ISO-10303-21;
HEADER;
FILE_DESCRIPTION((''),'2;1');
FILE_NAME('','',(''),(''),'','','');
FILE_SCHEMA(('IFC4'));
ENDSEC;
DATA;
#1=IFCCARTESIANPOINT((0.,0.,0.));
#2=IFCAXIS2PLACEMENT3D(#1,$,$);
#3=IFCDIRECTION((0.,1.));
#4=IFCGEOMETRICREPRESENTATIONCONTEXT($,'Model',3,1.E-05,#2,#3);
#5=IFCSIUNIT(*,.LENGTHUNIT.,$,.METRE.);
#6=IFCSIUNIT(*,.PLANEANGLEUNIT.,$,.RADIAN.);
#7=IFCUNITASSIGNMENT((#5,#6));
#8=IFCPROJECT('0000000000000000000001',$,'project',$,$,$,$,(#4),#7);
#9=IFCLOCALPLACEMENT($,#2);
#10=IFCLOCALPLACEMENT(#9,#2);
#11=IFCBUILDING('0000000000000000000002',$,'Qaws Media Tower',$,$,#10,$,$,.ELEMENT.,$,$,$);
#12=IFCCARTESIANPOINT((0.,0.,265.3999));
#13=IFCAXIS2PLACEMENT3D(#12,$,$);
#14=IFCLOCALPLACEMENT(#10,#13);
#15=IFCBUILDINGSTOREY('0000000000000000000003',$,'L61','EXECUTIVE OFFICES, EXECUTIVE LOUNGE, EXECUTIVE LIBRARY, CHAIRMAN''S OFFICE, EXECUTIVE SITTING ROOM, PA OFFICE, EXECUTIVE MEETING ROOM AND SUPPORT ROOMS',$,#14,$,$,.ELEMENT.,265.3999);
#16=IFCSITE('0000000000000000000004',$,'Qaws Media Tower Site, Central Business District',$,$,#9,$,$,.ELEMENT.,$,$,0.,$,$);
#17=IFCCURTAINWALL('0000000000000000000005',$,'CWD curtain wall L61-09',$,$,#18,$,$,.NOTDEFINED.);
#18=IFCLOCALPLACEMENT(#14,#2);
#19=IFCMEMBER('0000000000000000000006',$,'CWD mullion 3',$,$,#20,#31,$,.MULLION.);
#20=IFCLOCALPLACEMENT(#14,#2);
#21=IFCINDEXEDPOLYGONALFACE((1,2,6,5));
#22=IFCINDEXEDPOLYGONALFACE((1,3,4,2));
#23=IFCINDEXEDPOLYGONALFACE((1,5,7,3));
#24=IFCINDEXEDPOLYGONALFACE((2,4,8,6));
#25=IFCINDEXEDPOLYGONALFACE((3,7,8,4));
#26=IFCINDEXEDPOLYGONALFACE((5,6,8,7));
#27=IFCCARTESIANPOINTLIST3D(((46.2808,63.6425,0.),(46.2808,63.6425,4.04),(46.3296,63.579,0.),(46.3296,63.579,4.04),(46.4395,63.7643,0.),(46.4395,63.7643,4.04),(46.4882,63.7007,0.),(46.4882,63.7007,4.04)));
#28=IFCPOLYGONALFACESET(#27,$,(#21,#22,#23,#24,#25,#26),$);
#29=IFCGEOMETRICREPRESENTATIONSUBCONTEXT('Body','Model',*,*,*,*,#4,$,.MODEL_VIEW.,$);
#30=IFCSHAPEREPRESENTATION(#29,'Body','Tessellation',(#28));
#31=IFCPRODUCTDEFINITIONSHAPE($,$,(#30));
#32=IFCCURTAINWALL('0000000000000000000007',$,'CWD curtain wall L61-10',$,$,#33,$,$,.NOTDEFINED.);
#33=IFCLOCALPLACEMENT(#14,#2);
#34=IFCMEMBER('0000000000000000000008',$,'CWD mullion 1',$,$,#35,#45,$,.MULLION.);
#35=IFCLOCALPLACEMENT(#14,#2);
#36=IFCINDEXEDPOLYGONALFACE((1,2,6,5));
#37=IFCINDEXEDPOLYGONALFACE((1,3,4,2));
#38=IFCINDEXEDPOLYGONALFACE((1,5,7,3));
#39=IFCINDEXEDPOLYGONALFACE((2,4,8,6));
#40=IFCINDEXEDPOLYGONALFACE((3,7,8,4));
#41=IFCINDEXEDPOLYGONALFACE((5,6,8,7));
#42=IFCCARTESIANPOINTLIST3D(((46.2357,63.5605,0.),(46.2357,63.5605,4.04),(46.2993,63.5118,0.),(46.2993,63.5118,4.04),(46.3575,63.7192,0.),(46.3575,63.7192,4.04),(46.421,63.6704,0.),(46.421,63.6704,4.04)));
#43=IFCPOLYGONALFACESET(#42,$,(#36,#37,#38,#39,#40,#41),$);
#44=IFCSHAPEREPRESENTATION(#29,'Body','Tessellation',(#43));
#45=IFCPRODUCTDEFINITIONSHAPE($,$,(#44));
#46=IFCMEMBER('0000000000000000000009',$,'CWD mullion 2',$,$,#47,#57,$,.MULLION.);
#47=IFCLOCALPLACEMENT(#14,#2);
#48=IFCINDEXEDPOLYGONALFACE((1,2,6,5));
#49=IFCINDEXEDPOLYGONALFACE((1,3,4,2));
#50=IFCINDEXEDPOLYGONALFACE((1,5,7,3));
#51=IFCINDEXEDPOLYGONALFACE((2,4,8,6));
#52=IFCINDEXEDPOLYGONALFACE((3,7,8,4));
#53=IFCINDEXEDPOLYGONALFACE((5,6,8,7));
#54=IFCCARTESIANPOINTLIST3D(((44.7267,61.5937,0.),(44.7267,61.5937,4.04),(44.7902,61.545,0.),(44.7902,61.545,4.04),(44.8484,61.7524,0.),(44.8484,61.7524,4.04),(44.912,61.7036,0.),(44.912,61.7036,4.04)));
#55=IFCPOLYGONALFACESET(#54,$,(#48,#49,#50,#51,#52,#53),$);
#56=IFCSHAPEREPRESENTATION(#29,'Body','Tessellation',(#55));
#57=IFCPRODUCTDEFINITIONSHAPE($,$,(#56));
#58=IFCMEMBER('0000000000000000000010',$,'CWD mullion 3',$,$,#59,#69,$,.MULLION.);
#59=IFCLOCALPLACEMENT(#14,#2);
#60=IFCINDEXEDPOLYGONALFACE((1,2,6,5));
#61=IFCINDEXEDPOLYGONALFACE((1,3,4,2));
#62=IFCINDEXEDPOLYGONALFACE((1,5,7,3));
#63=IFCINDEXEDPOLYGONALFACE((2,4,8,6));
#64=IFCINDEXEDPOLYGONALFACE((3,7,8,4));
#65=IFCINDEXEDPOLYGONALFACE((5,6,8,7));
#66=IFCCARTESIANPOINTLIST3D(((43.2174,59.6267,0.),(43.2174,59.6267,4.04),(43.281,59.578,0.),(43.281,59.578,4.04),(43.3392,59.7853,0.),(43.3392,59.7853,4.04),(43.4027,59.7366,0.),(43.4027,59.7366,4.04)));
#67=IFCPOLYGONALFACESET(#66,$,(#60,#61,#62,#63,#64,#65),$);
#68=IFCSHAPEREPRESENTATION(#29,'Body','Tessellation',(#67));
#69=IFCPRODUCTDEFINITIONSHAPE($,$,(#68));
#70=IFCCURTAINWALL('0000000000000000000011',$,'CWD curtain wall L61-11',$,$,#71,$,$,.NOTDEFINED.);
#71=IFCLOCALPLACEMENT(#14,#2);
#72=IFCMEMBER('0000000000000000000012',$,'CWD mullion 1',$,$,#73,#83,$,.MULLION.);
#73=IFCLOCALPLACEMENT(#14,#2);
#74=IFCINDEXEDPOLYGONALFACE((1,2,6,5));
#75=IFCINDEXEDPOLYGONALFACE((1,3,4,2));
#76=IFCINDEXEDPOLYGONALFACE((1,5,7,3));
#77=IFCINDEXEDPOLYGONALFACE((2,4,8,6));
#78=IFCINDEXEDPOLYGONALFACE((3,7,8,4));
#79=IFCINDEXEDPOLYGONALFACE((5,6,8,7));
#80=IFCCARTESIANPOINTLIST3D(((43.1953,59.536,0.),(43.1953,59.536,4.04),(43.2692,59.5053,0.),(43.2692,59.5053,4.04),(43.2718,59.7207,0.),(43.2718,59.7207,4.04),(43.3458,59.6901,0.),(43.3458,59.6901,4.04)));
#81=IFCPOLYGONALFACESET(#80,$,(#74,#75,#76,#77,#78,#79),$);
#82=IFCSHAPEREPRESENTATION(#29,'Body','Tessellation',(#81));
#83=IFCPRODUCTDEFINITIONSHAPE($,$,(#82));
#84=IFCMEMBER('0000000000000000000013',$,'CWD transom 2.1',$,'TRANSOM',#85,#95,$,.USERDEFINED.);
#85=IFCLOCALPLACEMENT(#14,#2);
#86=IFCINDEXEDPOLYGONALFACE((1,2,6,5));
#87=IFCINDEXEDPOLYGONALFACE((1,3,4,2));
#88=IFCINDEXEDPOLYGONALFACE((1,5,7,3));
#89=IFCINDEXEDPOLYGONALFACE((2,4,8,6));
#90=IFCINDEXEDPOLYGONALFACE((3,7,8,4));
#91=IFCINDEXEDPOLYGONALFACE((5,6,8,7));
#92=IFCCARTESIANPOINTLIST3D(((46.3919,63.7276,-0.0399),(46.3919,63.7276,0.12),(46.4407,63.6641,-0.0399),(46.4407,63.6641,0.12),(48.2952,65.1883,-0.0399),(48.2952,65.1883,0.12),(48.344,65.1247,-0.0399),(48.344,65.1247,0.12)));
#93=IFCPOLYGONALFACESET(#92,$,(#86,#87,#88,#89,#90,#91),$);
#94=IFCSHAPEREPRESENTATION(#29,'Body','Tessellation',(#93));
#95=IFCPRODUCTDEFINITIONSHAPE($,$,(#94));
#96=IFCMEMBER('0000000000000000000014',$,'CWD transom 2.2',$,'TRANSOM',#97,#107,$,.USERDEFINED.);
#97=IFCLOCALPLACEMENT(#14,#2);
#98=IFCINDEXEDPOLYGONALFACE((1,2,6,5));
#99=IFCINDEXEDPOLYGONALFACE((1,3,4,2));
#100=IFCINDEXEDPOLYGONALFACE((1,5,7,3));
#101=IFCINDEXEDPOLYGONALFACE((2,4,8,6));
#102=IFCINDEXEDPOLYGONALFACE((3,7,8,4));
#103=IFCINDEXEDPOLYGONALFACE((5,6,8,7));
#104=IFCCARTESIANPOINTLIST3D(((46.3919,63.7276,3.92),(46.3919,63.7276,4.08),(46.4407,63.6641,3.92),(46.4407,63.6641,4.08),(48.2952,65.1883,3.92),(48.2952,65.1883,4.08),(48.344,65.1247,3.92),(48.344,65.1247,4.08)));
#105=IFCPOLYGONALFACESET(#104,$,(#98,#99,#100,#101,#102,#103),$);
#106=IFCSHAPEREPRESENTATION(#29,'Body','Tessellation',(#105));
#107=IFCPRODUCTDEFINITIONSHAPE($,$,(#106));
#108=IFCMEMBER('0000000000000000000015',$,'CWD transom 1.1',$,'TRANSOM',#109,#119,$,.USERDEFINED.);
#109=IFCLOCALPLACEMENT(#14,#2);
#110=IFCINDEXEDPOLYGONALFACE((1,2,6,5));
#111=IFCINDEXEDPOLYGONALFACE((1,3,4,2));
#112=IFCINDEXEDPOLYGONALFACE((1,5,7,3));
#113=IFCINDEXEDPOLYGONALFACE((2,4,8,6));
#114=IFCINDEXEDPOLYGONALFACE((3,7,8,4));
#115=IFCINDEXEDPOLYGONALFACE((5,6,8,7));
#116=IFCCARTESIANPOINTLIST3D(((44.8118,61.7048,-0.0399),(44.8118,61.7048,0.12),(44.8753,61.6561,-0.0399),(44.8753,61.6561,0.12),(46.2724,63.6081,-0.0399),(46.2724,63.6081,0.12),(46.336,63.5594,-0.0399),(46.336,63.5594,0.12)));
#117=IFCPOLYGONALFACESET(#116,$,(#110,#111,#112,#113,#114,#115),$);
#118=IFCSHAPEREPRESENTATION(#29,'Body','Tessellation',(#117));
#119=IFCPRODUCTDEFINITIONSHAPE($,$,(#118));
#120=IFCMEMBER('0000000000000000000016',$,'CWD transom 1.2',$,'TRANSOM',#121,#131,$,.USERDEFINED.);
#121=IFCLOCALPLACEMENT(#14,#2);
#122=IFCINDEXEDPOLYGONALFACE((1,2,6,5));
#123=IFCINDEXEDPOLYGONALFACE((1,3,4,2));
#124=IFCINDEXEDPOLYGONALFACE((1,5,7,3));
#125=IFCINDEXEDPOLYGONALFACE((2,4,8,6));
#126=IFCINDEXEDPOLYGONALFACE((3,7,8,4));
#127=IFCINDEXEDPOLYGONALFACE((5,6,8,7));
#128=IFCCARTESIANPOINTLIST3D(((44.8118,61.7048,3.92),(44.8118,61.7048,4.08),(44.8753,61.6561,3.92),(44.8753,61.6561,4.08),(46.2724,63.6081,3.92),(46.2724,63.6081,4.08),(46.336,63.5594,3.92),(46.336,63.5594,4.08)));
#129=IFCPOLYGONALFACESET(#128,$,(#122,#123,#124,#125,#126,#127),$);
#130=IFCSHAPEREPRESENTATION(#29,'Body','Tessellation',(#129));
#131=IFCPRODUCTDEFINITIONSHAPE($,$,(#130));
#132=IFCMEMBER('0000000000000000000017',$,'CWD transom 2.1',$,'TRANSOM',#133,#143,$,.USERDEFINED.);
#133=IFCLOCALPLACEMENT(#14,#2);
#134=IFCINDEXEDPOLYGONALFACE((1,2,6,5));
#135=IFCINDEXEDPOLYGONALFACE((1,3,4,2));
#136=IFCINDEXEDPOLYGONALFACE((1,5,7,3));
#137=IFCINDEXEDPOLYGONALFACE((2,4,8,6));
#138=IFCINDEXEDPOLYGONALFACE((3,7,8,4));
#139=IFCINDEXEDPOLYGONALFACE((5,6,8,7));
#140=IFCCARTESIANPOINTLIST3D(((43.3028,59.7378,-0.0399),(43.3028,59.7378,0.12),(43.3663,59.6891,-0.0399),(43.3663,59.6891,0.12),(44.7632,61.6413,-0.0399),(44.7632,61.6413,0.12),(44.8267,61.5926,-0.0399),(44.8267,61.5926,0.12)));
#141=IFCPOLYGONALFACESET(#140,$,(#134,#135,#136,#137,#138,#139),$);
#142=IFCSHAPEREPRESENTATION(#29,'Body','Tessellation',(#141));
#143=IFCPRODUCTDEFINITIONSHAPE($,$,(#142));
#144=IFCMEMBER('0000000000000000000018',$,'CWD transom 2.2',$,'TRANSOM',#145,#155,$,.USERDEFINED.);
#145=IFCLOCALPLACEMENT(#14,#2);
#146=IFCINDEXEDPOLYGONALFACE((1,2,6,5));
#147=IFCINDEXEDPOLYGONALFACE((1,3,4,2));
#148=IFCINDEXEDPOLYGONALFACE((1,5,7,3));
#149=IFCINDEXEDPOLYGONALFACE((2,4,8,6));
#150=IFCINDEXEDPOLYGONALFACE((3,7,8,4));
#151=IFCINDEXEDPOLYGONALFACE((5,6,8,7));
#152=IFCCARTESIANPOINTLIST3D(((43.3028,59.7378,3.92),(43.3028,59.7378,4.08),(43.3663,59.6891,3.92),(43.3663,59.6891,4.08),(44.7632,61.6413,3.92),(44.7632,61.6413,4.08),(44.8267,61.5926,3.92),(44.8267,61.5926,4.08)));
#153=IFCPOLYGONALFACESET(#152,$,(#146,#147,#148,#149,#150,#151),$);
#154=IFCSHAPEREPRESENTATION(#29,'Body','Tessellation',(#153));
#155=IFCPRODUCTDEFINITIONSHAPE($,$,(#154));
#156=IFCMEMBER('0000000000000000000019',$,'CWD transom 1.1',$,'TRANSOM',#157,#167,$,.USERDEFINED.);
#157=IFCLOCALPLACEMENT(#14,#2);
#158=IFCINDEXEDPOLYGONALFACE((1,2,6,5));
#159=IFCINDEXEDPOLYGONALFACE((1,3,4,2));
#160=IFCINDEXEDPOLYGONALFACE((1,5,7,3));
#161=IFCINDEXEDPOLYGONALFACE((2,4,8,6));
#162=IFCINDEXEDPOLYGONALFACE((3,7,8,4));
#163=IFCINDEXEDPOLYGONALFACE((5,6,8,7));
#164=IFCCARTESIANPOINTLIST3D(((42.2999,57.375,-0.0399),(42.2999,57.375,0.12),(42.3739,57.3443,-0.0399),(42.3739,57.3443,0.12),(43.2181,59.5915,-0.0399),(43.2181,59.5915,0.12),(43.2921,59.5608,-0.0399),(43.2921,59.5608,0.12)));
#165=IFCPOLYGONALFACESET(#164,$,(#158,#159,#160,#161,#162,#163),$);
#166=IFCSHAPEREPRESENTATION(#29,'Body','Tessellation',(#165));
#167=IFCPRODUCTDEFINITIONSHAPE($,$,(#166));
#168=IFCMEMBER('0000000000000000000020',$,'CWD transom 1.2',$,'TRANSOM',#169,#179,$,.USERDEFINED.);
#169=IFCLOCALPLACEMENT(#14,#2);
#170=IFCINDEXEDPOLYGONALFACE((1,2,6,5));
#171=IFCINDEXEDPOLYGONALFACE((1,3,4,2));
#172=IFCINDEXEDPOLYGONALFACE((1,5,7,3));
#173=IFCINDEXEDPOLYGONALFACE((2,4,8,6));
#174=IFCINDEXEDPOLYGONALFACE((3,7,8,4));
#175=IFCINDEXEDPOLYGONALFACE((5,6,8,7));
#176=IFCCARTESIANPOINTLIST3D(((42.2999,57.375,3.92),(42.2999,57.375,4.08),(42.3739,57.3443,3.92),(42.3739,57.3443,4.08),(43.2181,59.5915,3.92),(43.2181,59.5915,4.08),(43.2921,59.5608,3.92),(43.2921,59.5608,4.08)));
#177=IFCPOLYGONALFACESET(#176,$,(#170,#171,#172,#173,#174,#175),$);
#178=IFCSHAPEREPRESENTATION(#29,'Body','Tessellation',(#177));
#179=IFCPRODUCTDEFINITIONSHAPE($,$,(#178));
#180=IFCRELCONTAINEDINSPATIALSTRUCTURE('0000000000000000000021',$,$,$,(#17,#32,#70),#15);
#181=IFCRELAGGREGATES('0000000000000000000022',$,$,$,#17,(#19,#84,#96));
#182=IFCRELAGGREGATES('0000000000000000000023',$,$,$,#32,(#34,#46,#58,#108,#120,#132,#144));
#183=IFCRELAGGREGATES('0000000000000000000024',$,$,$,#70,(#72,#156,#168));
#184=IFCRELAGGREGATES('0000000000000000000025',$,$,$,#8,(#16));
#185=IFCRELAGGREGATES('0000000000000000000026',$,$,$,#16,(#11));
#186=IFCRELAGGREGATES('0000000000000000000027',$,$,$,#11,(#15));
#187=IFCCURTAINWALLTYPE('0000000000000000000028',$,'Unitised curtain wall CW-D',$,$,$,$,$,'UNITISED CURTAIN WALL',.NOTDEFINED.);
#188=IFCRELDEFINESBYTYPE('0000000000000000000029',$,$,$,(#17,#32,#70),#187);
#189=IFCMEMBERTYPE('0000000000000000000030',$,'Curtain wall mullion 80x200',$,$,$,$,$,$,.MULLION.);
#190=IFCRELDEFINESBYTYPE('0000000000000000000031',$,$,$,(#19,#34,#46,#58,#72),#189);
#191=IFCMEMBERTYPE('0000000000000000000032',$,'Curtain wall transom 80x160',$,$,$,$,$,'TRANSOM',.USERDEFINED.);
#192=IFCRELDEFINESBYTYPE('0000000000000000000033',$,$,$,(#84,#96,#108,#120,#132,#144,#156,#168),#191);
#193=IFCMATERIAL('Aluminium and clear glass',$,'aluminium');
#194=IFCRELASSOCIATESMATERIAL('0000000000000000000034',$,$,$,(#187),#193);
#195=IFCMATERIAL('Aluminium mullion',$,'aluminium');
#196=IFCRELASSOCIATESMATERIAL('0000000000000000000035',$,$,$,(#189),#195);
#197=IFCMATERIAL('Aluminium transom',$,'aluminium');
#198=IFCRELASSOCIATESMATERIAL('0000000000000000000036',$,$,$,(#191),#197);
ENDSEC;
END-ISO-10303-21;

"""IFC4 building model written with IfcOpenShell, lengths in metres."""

from ifc_helpers import new_model, si_unit, direction, frame, origin, origin_2d, place, context, subcontext, project, spatial, rectangle, extrude, material, material_profile, profile_set, type_object, element, aggregate, save


model = new_model("IFC4")

# Units and contexts
model_context = context("Model", 3, precision=1e-05, world=origin(), true_north=direction((0.0, 1.0)))
body_context = subcontext(model_context, "Body", "Model", "MODEL_VIEW")
ifc_project = project(units=[si_unit("LENGTHUNIT", "METRE"), si_unit("PLANEANGLEUNIT", "RADIAN")], contexts=[model_context])

# Site, building, storey
site_placement = place(None, origin())
site = spatial("IfcSite", under=ifc_project, at=site_placement, Name="Qaws Media Tower Site, Central Business District", CompositionType="ELEMENT", RefElevation=0.0)
building_placement = place(site_placement, origin())
building = spatial("IfcBuilding", under=site, at=building_placement, Name="Qaws Media Tower", CompositionType="ELEMENT")
storey_placement = place(building_placement, frame((0.0, 0.0, 265.3999)))
storey = spatial("IfcBuildingStorey", under=building, at=storey_placement, Name="L61", Description="EXECUTIVE OFFICES, EXECUTIVE LOUNGE, EXECUTIVE LIBRARY, CHAIRMAN'S OFFICE, EXECUTIVE SITTING ROOM, PA OFFICE, EXECUTIVE MEETING ROOM AND SUPPORT ROOMS", CompositionType="ELEMENT", Elevation=265.3999)

# Curtain wall, member
ifc_material_1 = material(Name="Aluminium and clear glass", Category="aluminium")
curtain_wall_type = type_object("IfcCurtainWallType", Name="Unitised curtain wall CW-D", ElementType="UNITISED CURTAIN WALL", PredefinedType="NOTDEFINED", material=ifc_material_1)
curtain_wall_1_placement = place(storey_placement, origin())
curtain_wall_1 = element("IfcCurtainWall", 1, at=curtain_wall_1_placement, inside=storey, type_object=curtain_wall_type, Name="CWD curtain wall L61-09", PredefinedType="NOTDEFINED")
ifc_material_2 = material(Name="Aluminium mullion", Category="aluminium")
ifc_material_profile_1 = material_profile(ifc_material_2, rectangle(XDim=0.0801, YDim=0.2, at=origin_2d()), Name="80x200")
ifc_profile_set_1 = profile_set([ifc_material_profile_1], Name="Aluminium mullion")
member_type_1 = type_object("IfcMemberType", Name="Curtain wall mullion 80x200", PredefinedType="MULLION", material=ifc_profile_set_1)
member_1_placement = place(storey_placement, frame((46.3845, 63.6716, 0.0), z_axis=(0.0, 0.0, 1.0), x_axis=(0.608761, -0.793353, 0.0)))
member_1 = element("IfcMember", 2, at=member_1_placement, type_object=member_type_1, Name="CWD mullion 3", PredefinedType="MULLION", context=body_context, shape_type="SweptSolid", body=[
    extrude(rectangle(XDim=0.0801, YDim=0.2, at=origin_2d()), origin(), (0.0, 0.0, 1.0), 4.04),
])

# Curtain wall, members
curtain_wall_2_placement = place(storey_placement, origin())
curtain_wall_2 = element("IfcCurtainWall", 3, at=curtain_wall_2_placement, inside=storey, type_object=curtain_wall_type, Name="CWD curtain wall L61-10", PredefinedType="NOTDEFINED")
member_2_placement = place(storey_placement, frame((46.3284, 63.6155, 0.0), z_axis=(0.0, 0.0, 1.0), x_axis=(0.793353, -0.608761, 0.0)))
member_2 = element("IfcMember", 4, at=member_2_placement, type_object=member_type_1, Name="CWD mullion 1", PredefinedType="MULLION", context=body_context, shape_type="SweptSolid", body=[
    extrude(rectangle(XDim=0.0801, YDim=0.2, at=origin_2d()), origin(), (0.0, 0.0, 1.0), 4.04),
])
member_3_placement = place(storey_placement, frame((44.8193, 61.6487, 0.0), z_axis=(0.0, 0.0, 1.0), x_axis=(0.793353, -0.608761, 0.0)))
member_3 = element("IfcMember", 5, at=member_3_placement, type_object=member_type_1, Name="CWD mullion 2", PredefinedType="MULLION", context=body_context, shape_type="SweptSolid", body=[
    extrude(rectangle(XDim=0.0801, YDim=0.2, at=origin_2d()), origin(), (0.0, 0.0, 1.0), 4.04),
])
member_4_placement = place(storey_placement, frame((43.3101, 59.6816, 0.0), z_axis=(0.0, 0.0, 1.0), x_axis=(0.793353, -0.608761, 0.0)))
member_4 = element("IfcMember", 6, at=member_4_placement, type_object=member_type_1, Name="CWD mullion 3", PredefinedType="MULLION", context=body_context, shape_type="SweptSolid", body=[
    extrude(rectangle(XDim=0.0801, YDim=0.2, at=origin_2d()), origin(), (0.0, 0.0, 1.0), 4.04),
])

# Curtain wall, member
curtain_wall_3_placement = place(storey_placement, origin())
curtain_wall_3 = element("IfcCurtainWall", 7, at=curtain_wall_3_placement, inside=storey, type_object=curtain_wall_type, Name="CWD curtain wall L61-11", PredefinedType="NOTDEFINED")
member_5_placement = place(storey_placement, frame((43.2705, 59.613, 0.0), z_axis=(0.0, 0.0, 1.0), x_axis=(0.92388, -0.382683, 0.0)))
member_5 = element("IfcMember", 8, at=member_5_placement, type_object=member_type_1, Name="CWD mullion 1", PredefinedType="MULLION", context=body_context, shape_type="SweptSolid", body=[
    extrude(rectangle(XDim=0.0801, YDim=0.2, at=origin_2d()), origin(), (0.0, 0.0, 1.0), 4.04),
])

# Members
ifc_material_3 = material(Name="Aluminium transom", Category="aluminium")
ifc_material_profile_2 = material_profile(ifc_material_3, rectangle(XDim=0.0801, YDim=0.1599, at=origin_2d()), Name="80x160")
ifc_profile_set_2 = profile_set([ifc_material_profile_2], Name="Aluminium transom")
member_type_2 = type_object("IfcMemberType", Name="Curtain wall transom 80x160", ElementType="TRANSOM", PredefinedType="USERDEFINED", material=ifc_profile_set_2)
member_6_placement = place(storey_placement, frame((48.3196, 65.1565, 0.04), z_axis=(-0.793308, -0.60882, 0.0), x_axis=(0.60882, -0.793308, 0.0)))
member_6 = element("IfcMember", 9, at=member_6_placement, type_object=member_type_2, Name="CWD transom 2.1", ObjectType="TRANSOM", PredefinedType="USERDEFINED", context=body_context, shape_type="SweptSolid", body=[
    extrude(rectangle(XDim=0.0801, YDim=0.1599, at=origin_2d()), origin(), (0.0, 0.0, 1.0), 2.3992),
])
member_7_placement = place(storey_placement, frame((48.3196, 65.1565, 4.0), z_axis=(-0.793308, -0.60882, 0.0), x_axis=(0.60882, -0.793308, 0.0)))
member_7 = element("IfcMember", 10, at=member_7_placement, type_object=member_type_2, Name="CWD transom 2.2", ObjectType="TRANSOM", PredefinedType="USERDEFINED", context=body_context, shape_type="SweptSolid", body=[
    extrude(rectangle(XDim=0.0801, YDim=0.1599, at=origin_2d()), origin(), (0.0, 0.0, 1.0), 2.3992),
])
member_8_placement = place(storey_placement, frame((46.3042, 63.5837, 0.04), z_axis=(-0.60882, -0.793308, 0.0), x_axis=(0.793308, -0.60882, 0.0)))
member_8 = element("IfcMember", 11, at=member_8_placement, type_object=member_type_2, Name="CWD transom 1.1", ObjectType="TRANSOM", PredefinedType="USERDEFINED", context=body_context, shape_type="SweptSolid", body=[
    extrude(rectangle(XDim=0.0801, YDim=0.1599, at=origin_2d()), origin(), (0.0, 0.0, 1.0), 2.3992),
])
member_9_placement = place(storey_placement, frame((46.3042, 63.5837, 4.0), z_axis=(-0.60882, -0.793308, 0.0), x_axis=(0.793308, -0.60882, 0.0)))
member_9 = element("IfcMember", 12, at=member_9_placement, type_object=member_type_2, Name="CWD transom 1.2", ObjectType="TRANSOM", PredefinedType="USERDEFINED", context=body_context, shape_type="SweptSolid", body=[
    extrude(rectangle(XDim=0.0801, YDim=0.1599, at=origin_2d()), origin(), (0.0, 0.0, 1.0), 2.3992),
])
member_10_placement = place(storey_placement, frame((44.7949, 61.6169, 0.04), z_axis=(-0.608707, -0.793395, 0.0), x_axis=(0.793395, -0.608707, 0.0)))
member_10 = element("IfcMember", 13, at=member_10_placement, type_object=member_type_2, Name="CWD transom 2.1", ObjectType="TRANSOM", PredefinedType="USERDEFINED", context=body_context, shape_type="SweptSolid", body=[
    extrude(rectangle(XDim=0.0801, YDim=0.1599, at=origin_2d()), origin(), (0.0, 0.0, 1.0), 2.3992),
])
member_11_placement = place(storey_placement, frame((44.7949, 61.6169, 4.0), z_axis=(-0.608707, -0.793395, 0.0), x_axis=(0.793395, -0.608707, 0.0)))
member_11 = element("IfcMember", 14, at=member_11_placement, type_object=member_type_2, Name="CWD transom 2.2", ObjectType="TRANSOM", PredefinedType="USERDEFINED", context=body_context, shape_type="SweptSolid", body=[
    extrude(rectangle(XDim=0.0801, YDim=0.1599, at=origin_2d()), origin(), (0.0, 0.0, 1.0), 2.3992),
])
member_12_placement = place(storey_placement, frame((43.2551, 59.5762, 0.04), z_axis=(-0.382714, -0.923867, 0.0), x_axis=(0.923867, -0.382714, 0.0)))
member_12 = element("IfcMember", 15, at=member_12_placement, type_object=member_type_2, Name="CWD transom 1.1", ObjectType="TRANSOM", PredefinedType="USERDEFINED", context=body_context, shape_type="SweptSolid", body=[
    extrude(rectangle(XDim=0.0801, YDim=0.1599, at=origin_2d()), origin(), (0.0, 0.0, 1.0), 2.3992),
])
member_13_placement = place(storey_placement, frame((43.2551, 59.5762, 4.0), z_axis=(-0.382714, -0.923867, 0.0), x_axis=(0.923867, -0.382714, 0.0)))
member_13 = element("IfcMember", 16, at=member_13_placement, type_object=member_type_2, Name="CWD transom 1.2", ObjectType="TRANSOM", PredefinedType="USERDEFINED", context=body_context, shape_type="SweptSolid", body=[
    extrude(rectangle(XDim=0.0801, YDim=0.1599, at=origin_2d()), origin(), (0.0, 0.0, 1.0), 2.3992),
])

aggregate(curtain_wall_1, [member_1, member_6, member_7])
aggregate(curtain_wall_2, [member_2, member_3, member_4, member_8, member_9, member_10, member_11])
aggregate(curtain_wall_3, [member_5, member_12, member_13])

save(model, "model.ifc")
